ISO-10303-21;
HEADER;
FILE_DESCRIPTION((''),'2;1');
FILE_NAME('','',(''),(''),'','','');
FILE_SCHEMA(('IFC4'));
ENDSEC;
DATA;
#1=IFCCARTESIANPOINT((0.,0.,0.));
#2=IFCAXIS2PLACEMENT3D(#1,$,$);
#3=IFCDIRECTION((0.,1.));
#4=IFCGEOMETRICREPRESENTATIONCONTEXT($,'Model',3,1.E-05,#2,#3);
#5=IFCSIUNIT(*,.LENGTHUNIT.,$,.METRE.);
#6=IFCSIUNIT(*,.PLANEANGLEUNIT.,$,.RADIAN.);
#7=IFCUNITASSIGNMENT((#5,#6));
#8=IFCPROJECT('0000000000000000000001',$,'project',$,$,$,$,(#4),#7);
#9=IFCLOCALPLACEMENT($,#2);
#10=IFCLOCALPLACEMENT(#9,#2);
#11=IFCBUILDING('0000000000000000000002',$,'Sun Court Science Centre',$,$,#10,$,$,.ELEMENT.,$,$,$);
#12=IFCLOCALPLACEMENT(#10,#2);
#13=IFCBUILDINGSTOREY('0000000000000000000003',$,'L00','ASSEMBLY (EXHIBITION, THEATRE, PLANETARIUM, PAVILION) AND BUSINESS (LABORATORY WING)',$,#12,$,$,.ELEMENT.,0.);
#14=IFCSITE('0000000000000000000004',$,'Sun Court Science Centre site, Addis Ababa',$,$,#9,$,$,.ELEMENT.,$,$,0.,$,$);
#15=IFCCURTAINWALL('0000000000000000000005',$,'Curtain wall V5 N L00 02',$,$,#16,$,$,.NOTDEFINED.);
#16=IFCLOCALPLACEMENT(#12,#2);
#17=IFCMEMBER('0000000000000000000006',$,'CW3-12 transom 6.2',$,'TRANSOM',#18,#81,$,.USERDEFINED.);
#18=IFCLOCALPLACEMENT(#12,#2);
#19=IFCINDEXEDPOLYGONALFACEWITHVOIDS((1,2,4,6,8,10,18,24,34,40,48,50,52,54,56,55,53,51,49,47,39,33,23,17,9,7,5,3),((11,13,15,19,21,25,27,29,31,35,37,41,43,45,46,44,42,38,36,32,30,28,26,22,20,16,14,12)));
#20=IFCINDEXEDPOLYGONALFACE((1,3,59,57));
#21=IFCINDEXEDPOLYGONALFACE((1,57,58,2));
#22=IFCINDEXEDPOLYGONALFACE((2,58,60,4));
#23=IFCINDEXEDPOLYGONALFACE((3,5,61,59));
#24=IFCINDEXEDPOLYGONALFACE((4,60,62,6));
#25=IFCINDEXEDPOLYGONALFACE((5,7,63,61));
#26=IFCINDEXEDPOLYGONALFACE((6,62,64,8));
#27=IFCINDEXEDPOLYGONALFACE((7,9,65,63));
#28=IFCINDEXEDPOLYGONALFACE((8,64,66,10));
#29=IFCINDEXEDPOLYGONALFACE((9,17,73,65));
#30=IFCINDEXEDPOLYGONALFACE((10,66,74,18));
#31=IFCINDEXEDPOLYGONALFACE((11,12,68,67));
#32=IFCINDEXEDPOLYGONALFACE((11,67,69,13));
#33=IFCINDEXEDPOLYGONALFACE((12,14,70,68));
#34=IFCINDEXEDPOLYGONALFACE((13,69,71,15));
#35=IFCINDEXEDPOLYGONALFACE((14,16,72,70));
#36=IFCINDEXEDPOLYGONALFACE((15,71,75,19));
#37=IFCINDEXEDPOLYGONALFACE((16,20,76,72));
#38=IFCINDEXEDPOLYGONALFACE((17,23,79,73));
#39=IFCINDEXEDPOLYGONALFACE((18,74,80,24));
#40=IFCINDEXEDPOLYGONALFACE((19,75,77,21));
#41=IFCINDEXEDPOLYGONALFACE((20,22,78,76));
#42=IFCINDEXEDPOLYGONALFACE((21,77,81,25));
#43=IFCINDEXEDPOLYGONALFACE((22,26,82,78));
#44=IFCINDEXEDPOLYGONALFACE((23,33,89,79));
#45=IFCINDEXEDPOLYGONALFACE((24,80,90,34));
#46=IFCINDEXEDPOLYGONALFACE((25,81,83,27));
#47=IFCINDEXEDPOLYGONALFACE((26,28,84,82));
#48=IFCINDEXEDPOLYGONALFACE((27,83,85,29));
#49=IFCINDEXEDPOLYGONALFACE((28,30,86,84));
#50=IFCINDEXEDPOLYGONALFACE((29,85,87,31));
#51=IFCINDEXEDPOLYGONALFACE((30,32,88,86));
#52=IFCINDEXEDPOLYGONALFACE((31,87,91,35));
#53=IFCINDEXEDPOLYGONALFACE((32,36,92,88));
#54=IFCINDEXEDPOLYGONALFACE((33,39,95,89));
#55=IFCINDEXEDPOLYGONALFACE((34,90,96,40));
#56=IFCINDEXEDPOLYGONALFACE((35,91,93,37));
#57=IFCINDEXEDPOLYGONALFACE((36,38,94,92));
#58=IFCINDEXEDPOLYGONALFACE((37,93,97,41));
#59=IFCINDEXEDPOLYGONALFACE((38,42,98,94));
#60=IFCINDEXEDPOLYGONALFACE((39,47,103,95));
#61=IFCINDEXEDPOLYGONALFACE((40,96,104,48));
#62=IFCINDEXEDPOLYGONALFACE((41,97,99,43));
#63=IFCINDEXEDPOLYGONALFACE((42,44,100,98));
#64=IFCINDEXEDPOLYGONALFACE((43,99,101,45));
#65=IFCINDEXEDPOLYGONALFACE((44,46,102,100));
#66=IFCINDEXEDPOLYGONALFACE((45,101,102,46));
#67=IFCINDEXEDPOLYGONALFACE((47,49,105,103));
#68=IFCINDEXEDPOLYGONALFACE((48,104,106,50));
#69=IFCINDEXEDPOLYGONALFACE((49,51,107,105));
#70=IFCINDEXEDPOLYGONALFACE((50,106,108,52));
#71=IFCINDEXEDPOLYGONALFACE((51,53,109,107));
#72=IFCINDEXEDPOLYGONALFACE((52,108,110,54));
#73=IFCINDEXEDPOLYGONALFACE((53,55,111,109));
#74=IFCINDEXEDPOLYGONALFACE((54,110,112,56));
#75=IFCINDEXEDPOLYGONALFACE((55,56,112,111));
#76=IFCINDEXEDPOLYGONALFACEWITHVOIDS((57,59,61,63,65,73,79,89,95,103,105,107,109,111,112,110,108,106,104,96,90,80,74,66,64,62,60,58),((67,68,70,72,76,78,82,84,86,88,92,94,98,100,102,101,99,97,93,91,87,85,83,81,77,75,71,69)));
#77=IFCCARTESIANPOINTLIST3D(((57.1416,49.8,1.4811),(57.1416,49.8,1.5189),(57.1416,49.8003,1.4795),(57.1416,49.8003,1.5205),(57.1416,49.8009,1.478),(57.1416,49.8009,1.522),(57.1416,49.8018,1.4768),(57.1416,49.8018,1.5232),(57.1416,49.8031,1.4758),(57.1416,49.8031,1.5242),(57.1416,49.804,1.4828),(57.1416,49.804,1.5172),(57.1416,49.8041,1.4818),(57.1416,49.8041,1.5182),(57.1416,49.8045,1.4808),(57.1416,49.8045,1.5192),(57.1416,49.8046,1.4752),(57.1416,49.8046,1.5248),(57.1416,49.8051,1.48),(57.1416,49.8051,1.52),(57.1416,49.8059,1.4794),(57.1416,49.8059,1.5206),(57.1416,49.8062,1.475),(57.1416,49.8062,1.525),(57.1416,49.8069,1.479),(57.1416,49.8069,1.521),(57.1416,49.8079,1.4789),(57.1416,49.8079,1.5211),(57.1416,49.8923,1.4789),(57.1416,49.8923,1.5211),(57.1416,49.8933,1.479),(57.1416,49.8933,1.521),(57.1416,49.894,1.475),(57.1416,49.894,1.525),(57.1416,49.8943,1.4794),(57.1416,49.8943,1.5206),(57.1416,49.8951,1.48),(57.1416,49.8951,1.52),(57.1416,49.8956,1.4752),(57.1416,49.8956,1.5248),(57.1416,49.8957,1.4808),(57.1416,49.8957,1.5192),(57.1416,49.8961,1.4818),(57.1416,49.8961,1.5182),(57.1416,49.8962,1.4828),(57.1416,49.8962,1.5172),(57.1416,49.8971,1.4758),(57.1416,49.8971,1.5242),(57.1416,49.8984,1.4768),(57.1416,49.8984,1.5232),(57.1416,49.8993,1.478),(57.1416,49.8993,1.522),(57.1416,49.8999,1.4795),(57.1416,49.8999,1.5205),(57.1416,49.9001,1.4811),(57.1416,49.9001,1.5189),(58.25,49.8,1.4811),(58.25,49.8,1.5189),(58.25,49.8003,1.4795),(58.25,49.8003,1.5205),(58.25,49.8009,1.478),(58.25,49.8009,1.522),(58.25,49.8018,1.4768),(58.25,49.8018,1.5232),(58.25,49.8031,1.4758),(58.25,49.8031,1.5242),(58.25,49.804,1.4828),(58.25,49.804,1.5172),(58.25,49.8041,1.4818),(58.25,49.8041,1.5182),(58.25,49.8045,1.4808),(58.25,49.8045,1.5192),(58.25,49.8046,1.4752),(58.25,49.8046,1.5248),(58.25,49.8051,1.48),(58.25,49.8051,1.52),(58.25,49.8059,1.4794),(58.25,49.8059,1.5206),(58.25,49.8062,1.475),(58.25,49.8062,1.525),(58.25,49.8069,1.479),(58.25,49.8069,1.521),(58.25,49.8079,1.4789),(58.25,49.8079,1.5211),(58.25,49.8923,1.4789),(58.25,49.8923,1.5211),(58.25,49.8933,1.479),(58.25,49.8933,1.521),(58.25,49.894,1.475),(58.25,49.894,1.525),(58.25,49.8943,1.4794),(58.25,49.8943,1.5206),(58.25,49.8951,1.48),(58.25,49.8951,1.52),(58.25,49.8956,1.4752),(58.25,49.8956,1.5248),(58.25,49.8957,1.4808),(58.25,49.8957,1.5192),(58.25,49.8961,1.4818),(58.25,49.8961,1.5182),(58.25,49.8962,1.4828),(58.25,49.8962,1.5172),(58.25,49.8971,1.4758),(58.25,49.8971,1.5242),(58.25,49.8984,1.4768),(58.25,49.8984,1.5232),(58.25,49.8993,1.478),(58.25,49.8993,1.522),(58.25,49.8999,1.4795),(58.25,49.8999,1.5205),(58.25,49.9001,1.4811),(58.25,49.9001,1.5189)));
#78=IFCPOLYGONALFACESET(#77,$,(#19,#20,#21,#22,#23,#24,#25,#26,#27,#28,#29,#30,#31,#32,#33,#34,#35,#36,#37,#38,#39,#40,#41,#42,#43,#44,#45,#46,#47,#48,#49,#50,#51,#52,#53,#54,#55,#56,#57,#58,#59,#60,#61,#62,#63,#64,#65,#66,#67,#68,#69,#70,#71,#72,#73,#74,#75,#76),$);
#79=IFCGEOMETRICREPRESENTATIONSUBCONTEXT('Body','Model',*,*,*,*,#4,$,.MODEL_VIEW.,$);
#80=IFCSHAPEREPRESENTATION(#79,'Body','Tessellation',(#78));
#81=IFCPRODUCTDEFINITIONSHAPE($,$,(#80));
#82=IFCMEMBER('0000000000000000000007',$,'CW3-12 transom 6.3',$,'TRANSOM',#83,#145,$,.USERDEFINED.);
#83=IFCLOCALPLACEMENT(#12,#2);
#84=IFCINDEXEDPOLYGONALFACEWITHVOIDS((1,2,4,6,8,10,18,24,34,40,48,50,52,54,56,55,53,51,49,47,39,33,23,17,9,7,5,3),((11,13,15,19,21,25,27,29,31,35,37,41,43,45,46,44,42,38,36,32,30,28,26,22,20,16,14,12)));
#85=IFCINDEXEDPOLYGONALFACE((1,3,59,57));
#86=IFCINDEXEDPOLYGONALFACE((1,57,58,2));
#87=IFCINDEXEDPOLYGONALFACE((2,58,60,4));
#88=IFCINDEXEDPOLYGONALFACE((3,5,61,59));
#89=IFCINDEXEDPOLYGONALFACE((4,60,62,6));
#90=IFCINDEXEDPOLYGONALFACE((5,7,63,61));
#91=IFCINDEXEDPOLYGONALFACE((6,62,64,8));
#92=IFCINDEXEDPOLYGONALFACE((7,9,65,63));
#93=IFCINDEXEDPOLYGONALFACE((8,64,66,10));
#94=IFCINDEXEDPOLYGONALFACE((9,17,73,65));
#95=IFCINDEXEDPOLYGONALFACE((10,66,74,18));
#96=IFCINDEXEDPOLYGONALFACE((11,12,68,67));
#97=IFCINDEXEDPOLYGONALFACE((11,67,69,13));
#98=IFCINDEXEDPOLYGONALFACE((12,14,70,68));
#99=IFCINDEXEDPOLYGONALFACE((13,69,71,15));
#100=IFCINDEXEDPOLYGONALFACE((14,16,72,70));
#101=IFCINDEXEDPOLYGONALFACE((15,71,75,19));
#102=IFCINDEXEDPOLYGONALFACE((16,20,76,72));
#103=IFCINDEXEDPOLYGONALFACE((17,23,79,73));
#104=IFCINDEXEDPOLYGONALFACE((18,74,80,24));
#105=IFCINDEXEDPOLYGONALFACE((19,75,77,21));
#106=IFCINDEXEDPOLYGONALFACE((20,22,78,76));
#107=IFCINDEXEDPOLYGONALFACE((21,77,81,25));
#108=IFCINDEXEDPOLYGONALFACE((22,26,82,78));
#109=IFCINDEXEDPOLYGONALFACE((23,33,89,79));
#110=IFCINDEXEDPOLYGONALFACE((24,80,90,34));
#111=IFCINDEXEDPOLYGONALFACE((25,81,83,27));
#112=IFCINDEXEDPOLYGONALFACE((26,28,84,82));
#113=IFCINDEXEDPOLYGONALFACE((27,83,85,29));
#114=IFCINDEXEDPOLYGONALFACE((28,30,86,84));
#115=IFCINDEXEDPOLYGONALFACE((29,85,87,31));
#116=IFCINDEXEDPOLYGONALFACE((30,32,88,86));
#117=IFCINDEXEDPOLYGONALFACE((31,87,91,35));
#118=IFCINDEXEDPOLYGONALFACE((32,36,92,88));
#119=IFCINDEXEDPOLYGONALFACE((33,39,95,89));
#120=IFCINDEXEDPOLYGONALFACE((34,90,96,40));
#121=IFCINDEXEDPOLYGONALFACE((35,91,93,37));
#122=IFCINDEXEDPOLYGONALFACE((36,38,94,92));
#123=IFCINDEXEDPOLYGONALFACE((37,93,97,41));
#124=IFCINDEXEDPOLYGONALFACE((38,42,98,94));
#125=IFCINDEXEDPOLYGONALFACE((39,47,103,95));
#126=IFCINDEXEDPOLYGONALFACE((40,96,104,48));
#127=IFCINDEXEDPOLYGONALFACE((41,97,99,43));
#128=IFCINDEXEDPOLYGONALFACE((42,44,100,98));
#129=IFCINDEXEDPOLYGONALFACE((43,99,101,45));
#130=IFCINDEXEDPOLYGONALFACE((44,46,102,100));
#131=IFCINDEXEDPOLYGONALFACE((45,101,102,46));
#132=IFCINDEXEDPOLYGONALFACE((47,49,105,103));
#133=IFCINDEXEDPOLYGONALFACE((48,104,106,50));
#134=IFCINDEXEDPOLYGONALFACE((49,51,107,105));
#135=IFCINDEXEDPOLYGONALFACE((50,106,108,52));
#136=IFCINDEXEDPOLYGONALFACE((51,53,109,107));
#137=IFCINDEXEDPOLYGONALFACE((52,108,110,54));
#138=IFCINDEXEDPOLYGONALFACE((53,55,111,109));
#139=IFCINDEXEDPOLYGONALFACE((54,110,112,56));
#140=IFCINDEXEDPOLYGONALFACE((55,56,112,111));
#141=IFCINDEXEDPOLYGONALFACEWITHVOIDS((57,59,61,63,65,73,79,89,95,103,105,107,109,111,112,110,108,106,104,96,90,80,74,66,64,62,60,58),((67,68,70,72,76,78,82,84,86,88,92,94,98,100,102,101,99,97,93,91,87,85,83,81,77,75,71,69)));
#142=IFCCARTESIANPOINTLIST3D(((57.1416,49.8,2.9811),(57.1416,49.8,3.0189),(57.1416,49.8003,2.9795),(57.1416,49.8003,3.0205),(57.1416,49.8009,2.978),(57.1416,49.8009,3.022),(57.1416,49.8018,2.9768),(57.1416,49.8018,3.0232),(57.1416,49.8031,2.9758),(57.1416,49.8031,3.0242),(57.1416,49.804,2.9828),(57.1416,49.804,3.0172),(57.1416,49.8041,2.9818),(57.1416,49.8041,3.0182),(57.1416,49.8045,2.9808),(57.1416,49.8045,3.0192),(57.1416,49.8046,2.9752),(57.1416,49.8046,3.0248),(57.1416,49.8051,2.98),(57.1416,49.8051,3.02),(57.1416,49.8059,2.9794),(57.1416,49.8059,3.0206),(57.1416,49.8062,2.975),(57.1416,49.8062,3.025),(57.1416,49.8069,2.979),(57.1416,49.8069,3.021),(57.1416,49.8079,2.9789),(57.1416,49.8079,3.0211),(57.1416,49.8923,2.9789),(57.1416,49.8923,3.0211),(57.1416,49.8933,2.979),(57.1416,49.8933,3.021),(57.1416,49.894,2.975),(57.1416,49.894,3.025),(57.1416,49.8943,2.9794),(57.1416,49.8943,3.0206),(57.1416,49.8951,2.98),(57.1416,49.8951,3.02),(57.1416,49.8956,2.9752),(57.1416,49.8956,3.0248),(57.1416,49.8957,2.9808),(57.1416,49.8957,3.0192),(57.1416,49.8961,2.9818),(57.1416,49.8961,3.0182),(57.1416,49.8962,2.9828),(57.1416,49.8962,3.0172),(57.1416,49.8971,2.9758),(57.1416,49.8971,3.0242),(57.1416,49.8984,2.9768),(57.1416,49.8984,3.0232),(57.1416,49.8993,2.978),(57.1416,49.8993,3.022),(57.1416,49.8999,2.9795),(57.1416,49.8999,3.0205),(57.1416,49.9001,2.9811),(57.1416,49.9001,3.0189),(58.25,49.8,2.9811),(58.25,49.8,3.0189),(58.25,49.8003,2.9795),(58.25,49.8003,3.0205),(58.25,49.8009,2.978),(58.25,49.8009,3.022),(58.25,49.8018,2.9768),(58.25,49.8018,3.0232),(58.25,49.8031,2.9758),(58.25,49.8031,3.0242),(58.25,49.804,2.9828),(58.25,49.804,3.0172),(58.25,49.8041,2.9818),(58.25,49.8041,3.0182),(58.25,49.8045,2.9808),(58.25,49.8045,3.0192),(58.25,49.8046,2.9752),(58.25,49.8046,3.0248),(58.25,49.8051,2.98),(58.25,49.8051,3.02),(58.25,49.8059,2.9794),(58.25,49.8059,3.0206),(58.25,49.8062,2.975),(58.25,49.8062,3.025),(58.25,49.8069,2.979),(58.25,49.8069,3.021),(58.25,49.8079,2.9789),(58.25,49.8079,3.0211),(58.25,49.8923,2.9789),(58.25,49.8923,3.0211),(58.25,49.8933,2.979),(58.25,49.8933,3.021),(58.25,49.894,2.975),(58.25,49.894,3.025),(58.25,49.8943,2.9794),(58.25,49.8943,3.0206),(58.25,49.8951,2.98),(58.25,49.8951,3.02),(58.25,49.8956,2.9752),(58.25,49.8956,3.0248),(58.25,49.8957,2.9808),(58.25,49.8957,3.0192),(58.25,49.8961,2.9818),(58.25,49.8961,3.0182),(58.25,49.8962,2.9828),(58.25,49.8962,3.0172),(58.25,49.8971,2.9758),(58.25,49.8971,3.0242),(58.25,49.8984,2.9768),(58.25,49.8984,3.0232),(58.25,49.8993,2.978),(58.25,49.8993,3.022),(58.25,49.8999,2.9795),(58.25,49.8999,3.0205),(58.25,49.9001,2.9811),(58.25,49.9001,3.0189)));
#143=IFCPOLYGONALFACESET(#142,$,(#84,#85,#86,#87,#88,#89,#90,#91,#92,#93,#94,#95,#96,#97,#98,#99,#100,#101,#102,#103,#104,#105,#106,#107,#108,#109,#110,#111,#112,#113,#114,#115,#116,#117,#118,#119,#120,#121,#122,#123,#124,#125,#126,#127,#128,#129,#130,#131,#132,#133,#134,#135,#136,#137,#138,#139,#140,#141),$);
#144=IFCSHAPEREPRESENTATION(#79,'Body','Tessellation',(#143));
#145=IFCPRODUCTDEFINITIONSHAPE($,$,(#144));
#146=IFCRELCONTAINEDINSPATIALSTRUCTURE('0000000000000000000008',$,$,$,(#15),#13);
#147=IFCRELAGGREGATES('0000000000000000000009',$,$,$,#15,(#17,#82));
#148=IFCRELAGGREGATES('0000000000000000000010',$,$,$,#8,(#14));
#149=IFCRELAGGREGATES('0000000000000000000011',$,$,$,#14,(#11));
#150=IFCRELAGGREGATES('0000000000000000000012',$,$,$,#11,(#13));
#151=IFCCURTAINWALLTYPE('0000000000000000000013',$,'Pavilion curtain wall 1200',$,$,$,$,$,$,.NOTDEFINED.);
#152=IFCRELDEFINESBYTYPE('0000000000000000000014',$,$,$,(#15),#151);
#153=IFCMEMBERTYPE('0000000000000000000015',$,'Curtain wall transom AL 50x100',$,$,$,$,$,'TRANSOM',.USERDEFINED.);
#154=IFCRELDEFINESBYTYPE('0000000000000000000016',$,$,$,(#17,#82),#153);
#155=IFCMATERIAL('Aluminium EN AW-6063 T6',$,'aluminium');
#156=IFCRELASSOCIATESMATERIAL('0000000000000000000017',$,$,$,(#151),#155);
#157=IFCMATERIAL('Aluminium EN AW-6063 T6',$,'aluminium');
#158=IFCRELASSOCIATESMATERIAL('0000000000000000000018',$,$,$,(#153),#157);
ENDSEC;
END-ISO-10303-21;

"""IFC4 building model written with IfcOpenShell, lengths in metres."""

from ifc_helpers import new_model, si_unit, direction, frame, origin, origin_2d, place, context, subcontext, project, spatial, hollow_rectangle, extrude, material, material_profile, profile_set, type_object, element, aggregate, save


model = new_model("IFC4")

# Units and contexts
model_context = context("Model", 3, precision=1e-05, world=origin(), true_north=direction((0.0, 1.0)))
body_context = subcontext(model_context, "Body", "Model", "MODEL_VIEW")
ifc_project = project(units=[si_unit("LENGTHUNIT", "METRE"), si_unit("PLANEANGLEUNIT", "RADIAN")], contexts=[model_context])

# Site, building, storey
site_placement = place(None, origin())
site = spatial("IfcSite", under=ifc_project, at=site_placement, Name="Sun Court Science Centre site, Addis Ababa", CompositionType="ELEMENT", RefElevation=0.0)
building_placement = place(site_placement, origin())
building = spatial("IfcBuilding", under=site, at=building_placement, Name="Sun Court Science Centre", CompositionType="ELEMENT")
storey_placement = place(building_placement, origin())
storey = spatial("IfcBuildingStorey", under=building, at=storey_placement, Name="L00", Description="ASSEMBLY (EXHIBITION, THEATRE, PLANETARIUM, PAVILION) AND BUSINESS (LABORATORY WING)", CompositionType="ELEMENT", Elevation=0.0)

# Curtain wall
ifc_material_1 = material(Name="Aluminium EN AW-6063 T6", Category="aluminium")
curtain_wall_type = type_object("IfcCurtainWallType", Name="Pavilion curtain wall 1200", PredefinedType="NOTDEFINED", material=ifc_material_1)
curtain_wall_1_placement = place(storey_placement, origin())
curtain_wall_1 = element("IfcCurtainWall", 1, at=curtain_wall_1_placement, inside=storey, type_object=curtain_wall_type, Name="Curtain wall V5 N L00 02", PredefinedType="NOTDEFINED")

# Members
ifc_material_2 = material(Name="Aluminium EN AW-6063 T6", Category="aluminium")
ifc_material_profile_1 = material_profile(ifc_material_2, hollow_rectangle(XDim=0.05, YDim=0.1001, WallThickness=0.0039, InnerFilletRadius=0.0039, OuterFilletRadius=0.0061, at=origin_2d()), Name="AL 50x100x4")
ifc_profile_set_1 = profile_set([ifc_material_profile_1], Name="Aluminium EN AW-6063 T6")
member_type_1 = type_object("IfcMemberType", Name="Curtain wall transom AL 50x100", ElementType="TRANSOM", PredefinedType="USERDEFINED", material=ifc_profile_set_1)
member_1_placement = place(storey_placement, frame((57.1416, 49.8501, 1.5), z_axis=(1.0, 0.0, 0.0), x_axis=(0.0, 0.0, 1.0)))
member_1 = element("IfcMember", 2, at=member_1_placement, type_object=member_type_1, Name="CW3-12 transom 6.2", ObjectType="TRANSOM", PredefinedType="USERDEFINED", context=body_context, shape_type="SweptSolid", body=[
    extrude(hollow_rectangle(XDim=0.05, YDim=0.1001, WallThickness=0.0039, InnerFilletRadius=0.0039, OuterFilletRadius=0.0061, at=origin_2d()), origin(), (0.0, 0.0, 1.0), 1.1084),
])
member_2_placement = place(storey_placement, frame((57.1416, 49.8501, 3.0), z_axis=(1.0, 0.0, 0.0), x_axis=(0.0, 0.0, 1.0)))
member_2 = element("IfcMember", 3, at=member_2_placement, type_object=member_type_1, Name="CW3-12 transom 6.3", ObjectType="TRANSOM", PredefinedType="USERDEFINED", context=body_context, shape_type="SweptSolid", body=[
    extrude(hollow_rectangle(XDim=0.05, YDim=0.1001, WallThickness=0.0039, InnerFilletRadius=0.0039, OuterFilletRadius=0.0061, at=origin_2d()), origin(), (0.0, 0.0, 1.0), 1.1084),
])

aggregate(curtain_wall_1, [member_1, member_2])

save(model, "model.ifc")
